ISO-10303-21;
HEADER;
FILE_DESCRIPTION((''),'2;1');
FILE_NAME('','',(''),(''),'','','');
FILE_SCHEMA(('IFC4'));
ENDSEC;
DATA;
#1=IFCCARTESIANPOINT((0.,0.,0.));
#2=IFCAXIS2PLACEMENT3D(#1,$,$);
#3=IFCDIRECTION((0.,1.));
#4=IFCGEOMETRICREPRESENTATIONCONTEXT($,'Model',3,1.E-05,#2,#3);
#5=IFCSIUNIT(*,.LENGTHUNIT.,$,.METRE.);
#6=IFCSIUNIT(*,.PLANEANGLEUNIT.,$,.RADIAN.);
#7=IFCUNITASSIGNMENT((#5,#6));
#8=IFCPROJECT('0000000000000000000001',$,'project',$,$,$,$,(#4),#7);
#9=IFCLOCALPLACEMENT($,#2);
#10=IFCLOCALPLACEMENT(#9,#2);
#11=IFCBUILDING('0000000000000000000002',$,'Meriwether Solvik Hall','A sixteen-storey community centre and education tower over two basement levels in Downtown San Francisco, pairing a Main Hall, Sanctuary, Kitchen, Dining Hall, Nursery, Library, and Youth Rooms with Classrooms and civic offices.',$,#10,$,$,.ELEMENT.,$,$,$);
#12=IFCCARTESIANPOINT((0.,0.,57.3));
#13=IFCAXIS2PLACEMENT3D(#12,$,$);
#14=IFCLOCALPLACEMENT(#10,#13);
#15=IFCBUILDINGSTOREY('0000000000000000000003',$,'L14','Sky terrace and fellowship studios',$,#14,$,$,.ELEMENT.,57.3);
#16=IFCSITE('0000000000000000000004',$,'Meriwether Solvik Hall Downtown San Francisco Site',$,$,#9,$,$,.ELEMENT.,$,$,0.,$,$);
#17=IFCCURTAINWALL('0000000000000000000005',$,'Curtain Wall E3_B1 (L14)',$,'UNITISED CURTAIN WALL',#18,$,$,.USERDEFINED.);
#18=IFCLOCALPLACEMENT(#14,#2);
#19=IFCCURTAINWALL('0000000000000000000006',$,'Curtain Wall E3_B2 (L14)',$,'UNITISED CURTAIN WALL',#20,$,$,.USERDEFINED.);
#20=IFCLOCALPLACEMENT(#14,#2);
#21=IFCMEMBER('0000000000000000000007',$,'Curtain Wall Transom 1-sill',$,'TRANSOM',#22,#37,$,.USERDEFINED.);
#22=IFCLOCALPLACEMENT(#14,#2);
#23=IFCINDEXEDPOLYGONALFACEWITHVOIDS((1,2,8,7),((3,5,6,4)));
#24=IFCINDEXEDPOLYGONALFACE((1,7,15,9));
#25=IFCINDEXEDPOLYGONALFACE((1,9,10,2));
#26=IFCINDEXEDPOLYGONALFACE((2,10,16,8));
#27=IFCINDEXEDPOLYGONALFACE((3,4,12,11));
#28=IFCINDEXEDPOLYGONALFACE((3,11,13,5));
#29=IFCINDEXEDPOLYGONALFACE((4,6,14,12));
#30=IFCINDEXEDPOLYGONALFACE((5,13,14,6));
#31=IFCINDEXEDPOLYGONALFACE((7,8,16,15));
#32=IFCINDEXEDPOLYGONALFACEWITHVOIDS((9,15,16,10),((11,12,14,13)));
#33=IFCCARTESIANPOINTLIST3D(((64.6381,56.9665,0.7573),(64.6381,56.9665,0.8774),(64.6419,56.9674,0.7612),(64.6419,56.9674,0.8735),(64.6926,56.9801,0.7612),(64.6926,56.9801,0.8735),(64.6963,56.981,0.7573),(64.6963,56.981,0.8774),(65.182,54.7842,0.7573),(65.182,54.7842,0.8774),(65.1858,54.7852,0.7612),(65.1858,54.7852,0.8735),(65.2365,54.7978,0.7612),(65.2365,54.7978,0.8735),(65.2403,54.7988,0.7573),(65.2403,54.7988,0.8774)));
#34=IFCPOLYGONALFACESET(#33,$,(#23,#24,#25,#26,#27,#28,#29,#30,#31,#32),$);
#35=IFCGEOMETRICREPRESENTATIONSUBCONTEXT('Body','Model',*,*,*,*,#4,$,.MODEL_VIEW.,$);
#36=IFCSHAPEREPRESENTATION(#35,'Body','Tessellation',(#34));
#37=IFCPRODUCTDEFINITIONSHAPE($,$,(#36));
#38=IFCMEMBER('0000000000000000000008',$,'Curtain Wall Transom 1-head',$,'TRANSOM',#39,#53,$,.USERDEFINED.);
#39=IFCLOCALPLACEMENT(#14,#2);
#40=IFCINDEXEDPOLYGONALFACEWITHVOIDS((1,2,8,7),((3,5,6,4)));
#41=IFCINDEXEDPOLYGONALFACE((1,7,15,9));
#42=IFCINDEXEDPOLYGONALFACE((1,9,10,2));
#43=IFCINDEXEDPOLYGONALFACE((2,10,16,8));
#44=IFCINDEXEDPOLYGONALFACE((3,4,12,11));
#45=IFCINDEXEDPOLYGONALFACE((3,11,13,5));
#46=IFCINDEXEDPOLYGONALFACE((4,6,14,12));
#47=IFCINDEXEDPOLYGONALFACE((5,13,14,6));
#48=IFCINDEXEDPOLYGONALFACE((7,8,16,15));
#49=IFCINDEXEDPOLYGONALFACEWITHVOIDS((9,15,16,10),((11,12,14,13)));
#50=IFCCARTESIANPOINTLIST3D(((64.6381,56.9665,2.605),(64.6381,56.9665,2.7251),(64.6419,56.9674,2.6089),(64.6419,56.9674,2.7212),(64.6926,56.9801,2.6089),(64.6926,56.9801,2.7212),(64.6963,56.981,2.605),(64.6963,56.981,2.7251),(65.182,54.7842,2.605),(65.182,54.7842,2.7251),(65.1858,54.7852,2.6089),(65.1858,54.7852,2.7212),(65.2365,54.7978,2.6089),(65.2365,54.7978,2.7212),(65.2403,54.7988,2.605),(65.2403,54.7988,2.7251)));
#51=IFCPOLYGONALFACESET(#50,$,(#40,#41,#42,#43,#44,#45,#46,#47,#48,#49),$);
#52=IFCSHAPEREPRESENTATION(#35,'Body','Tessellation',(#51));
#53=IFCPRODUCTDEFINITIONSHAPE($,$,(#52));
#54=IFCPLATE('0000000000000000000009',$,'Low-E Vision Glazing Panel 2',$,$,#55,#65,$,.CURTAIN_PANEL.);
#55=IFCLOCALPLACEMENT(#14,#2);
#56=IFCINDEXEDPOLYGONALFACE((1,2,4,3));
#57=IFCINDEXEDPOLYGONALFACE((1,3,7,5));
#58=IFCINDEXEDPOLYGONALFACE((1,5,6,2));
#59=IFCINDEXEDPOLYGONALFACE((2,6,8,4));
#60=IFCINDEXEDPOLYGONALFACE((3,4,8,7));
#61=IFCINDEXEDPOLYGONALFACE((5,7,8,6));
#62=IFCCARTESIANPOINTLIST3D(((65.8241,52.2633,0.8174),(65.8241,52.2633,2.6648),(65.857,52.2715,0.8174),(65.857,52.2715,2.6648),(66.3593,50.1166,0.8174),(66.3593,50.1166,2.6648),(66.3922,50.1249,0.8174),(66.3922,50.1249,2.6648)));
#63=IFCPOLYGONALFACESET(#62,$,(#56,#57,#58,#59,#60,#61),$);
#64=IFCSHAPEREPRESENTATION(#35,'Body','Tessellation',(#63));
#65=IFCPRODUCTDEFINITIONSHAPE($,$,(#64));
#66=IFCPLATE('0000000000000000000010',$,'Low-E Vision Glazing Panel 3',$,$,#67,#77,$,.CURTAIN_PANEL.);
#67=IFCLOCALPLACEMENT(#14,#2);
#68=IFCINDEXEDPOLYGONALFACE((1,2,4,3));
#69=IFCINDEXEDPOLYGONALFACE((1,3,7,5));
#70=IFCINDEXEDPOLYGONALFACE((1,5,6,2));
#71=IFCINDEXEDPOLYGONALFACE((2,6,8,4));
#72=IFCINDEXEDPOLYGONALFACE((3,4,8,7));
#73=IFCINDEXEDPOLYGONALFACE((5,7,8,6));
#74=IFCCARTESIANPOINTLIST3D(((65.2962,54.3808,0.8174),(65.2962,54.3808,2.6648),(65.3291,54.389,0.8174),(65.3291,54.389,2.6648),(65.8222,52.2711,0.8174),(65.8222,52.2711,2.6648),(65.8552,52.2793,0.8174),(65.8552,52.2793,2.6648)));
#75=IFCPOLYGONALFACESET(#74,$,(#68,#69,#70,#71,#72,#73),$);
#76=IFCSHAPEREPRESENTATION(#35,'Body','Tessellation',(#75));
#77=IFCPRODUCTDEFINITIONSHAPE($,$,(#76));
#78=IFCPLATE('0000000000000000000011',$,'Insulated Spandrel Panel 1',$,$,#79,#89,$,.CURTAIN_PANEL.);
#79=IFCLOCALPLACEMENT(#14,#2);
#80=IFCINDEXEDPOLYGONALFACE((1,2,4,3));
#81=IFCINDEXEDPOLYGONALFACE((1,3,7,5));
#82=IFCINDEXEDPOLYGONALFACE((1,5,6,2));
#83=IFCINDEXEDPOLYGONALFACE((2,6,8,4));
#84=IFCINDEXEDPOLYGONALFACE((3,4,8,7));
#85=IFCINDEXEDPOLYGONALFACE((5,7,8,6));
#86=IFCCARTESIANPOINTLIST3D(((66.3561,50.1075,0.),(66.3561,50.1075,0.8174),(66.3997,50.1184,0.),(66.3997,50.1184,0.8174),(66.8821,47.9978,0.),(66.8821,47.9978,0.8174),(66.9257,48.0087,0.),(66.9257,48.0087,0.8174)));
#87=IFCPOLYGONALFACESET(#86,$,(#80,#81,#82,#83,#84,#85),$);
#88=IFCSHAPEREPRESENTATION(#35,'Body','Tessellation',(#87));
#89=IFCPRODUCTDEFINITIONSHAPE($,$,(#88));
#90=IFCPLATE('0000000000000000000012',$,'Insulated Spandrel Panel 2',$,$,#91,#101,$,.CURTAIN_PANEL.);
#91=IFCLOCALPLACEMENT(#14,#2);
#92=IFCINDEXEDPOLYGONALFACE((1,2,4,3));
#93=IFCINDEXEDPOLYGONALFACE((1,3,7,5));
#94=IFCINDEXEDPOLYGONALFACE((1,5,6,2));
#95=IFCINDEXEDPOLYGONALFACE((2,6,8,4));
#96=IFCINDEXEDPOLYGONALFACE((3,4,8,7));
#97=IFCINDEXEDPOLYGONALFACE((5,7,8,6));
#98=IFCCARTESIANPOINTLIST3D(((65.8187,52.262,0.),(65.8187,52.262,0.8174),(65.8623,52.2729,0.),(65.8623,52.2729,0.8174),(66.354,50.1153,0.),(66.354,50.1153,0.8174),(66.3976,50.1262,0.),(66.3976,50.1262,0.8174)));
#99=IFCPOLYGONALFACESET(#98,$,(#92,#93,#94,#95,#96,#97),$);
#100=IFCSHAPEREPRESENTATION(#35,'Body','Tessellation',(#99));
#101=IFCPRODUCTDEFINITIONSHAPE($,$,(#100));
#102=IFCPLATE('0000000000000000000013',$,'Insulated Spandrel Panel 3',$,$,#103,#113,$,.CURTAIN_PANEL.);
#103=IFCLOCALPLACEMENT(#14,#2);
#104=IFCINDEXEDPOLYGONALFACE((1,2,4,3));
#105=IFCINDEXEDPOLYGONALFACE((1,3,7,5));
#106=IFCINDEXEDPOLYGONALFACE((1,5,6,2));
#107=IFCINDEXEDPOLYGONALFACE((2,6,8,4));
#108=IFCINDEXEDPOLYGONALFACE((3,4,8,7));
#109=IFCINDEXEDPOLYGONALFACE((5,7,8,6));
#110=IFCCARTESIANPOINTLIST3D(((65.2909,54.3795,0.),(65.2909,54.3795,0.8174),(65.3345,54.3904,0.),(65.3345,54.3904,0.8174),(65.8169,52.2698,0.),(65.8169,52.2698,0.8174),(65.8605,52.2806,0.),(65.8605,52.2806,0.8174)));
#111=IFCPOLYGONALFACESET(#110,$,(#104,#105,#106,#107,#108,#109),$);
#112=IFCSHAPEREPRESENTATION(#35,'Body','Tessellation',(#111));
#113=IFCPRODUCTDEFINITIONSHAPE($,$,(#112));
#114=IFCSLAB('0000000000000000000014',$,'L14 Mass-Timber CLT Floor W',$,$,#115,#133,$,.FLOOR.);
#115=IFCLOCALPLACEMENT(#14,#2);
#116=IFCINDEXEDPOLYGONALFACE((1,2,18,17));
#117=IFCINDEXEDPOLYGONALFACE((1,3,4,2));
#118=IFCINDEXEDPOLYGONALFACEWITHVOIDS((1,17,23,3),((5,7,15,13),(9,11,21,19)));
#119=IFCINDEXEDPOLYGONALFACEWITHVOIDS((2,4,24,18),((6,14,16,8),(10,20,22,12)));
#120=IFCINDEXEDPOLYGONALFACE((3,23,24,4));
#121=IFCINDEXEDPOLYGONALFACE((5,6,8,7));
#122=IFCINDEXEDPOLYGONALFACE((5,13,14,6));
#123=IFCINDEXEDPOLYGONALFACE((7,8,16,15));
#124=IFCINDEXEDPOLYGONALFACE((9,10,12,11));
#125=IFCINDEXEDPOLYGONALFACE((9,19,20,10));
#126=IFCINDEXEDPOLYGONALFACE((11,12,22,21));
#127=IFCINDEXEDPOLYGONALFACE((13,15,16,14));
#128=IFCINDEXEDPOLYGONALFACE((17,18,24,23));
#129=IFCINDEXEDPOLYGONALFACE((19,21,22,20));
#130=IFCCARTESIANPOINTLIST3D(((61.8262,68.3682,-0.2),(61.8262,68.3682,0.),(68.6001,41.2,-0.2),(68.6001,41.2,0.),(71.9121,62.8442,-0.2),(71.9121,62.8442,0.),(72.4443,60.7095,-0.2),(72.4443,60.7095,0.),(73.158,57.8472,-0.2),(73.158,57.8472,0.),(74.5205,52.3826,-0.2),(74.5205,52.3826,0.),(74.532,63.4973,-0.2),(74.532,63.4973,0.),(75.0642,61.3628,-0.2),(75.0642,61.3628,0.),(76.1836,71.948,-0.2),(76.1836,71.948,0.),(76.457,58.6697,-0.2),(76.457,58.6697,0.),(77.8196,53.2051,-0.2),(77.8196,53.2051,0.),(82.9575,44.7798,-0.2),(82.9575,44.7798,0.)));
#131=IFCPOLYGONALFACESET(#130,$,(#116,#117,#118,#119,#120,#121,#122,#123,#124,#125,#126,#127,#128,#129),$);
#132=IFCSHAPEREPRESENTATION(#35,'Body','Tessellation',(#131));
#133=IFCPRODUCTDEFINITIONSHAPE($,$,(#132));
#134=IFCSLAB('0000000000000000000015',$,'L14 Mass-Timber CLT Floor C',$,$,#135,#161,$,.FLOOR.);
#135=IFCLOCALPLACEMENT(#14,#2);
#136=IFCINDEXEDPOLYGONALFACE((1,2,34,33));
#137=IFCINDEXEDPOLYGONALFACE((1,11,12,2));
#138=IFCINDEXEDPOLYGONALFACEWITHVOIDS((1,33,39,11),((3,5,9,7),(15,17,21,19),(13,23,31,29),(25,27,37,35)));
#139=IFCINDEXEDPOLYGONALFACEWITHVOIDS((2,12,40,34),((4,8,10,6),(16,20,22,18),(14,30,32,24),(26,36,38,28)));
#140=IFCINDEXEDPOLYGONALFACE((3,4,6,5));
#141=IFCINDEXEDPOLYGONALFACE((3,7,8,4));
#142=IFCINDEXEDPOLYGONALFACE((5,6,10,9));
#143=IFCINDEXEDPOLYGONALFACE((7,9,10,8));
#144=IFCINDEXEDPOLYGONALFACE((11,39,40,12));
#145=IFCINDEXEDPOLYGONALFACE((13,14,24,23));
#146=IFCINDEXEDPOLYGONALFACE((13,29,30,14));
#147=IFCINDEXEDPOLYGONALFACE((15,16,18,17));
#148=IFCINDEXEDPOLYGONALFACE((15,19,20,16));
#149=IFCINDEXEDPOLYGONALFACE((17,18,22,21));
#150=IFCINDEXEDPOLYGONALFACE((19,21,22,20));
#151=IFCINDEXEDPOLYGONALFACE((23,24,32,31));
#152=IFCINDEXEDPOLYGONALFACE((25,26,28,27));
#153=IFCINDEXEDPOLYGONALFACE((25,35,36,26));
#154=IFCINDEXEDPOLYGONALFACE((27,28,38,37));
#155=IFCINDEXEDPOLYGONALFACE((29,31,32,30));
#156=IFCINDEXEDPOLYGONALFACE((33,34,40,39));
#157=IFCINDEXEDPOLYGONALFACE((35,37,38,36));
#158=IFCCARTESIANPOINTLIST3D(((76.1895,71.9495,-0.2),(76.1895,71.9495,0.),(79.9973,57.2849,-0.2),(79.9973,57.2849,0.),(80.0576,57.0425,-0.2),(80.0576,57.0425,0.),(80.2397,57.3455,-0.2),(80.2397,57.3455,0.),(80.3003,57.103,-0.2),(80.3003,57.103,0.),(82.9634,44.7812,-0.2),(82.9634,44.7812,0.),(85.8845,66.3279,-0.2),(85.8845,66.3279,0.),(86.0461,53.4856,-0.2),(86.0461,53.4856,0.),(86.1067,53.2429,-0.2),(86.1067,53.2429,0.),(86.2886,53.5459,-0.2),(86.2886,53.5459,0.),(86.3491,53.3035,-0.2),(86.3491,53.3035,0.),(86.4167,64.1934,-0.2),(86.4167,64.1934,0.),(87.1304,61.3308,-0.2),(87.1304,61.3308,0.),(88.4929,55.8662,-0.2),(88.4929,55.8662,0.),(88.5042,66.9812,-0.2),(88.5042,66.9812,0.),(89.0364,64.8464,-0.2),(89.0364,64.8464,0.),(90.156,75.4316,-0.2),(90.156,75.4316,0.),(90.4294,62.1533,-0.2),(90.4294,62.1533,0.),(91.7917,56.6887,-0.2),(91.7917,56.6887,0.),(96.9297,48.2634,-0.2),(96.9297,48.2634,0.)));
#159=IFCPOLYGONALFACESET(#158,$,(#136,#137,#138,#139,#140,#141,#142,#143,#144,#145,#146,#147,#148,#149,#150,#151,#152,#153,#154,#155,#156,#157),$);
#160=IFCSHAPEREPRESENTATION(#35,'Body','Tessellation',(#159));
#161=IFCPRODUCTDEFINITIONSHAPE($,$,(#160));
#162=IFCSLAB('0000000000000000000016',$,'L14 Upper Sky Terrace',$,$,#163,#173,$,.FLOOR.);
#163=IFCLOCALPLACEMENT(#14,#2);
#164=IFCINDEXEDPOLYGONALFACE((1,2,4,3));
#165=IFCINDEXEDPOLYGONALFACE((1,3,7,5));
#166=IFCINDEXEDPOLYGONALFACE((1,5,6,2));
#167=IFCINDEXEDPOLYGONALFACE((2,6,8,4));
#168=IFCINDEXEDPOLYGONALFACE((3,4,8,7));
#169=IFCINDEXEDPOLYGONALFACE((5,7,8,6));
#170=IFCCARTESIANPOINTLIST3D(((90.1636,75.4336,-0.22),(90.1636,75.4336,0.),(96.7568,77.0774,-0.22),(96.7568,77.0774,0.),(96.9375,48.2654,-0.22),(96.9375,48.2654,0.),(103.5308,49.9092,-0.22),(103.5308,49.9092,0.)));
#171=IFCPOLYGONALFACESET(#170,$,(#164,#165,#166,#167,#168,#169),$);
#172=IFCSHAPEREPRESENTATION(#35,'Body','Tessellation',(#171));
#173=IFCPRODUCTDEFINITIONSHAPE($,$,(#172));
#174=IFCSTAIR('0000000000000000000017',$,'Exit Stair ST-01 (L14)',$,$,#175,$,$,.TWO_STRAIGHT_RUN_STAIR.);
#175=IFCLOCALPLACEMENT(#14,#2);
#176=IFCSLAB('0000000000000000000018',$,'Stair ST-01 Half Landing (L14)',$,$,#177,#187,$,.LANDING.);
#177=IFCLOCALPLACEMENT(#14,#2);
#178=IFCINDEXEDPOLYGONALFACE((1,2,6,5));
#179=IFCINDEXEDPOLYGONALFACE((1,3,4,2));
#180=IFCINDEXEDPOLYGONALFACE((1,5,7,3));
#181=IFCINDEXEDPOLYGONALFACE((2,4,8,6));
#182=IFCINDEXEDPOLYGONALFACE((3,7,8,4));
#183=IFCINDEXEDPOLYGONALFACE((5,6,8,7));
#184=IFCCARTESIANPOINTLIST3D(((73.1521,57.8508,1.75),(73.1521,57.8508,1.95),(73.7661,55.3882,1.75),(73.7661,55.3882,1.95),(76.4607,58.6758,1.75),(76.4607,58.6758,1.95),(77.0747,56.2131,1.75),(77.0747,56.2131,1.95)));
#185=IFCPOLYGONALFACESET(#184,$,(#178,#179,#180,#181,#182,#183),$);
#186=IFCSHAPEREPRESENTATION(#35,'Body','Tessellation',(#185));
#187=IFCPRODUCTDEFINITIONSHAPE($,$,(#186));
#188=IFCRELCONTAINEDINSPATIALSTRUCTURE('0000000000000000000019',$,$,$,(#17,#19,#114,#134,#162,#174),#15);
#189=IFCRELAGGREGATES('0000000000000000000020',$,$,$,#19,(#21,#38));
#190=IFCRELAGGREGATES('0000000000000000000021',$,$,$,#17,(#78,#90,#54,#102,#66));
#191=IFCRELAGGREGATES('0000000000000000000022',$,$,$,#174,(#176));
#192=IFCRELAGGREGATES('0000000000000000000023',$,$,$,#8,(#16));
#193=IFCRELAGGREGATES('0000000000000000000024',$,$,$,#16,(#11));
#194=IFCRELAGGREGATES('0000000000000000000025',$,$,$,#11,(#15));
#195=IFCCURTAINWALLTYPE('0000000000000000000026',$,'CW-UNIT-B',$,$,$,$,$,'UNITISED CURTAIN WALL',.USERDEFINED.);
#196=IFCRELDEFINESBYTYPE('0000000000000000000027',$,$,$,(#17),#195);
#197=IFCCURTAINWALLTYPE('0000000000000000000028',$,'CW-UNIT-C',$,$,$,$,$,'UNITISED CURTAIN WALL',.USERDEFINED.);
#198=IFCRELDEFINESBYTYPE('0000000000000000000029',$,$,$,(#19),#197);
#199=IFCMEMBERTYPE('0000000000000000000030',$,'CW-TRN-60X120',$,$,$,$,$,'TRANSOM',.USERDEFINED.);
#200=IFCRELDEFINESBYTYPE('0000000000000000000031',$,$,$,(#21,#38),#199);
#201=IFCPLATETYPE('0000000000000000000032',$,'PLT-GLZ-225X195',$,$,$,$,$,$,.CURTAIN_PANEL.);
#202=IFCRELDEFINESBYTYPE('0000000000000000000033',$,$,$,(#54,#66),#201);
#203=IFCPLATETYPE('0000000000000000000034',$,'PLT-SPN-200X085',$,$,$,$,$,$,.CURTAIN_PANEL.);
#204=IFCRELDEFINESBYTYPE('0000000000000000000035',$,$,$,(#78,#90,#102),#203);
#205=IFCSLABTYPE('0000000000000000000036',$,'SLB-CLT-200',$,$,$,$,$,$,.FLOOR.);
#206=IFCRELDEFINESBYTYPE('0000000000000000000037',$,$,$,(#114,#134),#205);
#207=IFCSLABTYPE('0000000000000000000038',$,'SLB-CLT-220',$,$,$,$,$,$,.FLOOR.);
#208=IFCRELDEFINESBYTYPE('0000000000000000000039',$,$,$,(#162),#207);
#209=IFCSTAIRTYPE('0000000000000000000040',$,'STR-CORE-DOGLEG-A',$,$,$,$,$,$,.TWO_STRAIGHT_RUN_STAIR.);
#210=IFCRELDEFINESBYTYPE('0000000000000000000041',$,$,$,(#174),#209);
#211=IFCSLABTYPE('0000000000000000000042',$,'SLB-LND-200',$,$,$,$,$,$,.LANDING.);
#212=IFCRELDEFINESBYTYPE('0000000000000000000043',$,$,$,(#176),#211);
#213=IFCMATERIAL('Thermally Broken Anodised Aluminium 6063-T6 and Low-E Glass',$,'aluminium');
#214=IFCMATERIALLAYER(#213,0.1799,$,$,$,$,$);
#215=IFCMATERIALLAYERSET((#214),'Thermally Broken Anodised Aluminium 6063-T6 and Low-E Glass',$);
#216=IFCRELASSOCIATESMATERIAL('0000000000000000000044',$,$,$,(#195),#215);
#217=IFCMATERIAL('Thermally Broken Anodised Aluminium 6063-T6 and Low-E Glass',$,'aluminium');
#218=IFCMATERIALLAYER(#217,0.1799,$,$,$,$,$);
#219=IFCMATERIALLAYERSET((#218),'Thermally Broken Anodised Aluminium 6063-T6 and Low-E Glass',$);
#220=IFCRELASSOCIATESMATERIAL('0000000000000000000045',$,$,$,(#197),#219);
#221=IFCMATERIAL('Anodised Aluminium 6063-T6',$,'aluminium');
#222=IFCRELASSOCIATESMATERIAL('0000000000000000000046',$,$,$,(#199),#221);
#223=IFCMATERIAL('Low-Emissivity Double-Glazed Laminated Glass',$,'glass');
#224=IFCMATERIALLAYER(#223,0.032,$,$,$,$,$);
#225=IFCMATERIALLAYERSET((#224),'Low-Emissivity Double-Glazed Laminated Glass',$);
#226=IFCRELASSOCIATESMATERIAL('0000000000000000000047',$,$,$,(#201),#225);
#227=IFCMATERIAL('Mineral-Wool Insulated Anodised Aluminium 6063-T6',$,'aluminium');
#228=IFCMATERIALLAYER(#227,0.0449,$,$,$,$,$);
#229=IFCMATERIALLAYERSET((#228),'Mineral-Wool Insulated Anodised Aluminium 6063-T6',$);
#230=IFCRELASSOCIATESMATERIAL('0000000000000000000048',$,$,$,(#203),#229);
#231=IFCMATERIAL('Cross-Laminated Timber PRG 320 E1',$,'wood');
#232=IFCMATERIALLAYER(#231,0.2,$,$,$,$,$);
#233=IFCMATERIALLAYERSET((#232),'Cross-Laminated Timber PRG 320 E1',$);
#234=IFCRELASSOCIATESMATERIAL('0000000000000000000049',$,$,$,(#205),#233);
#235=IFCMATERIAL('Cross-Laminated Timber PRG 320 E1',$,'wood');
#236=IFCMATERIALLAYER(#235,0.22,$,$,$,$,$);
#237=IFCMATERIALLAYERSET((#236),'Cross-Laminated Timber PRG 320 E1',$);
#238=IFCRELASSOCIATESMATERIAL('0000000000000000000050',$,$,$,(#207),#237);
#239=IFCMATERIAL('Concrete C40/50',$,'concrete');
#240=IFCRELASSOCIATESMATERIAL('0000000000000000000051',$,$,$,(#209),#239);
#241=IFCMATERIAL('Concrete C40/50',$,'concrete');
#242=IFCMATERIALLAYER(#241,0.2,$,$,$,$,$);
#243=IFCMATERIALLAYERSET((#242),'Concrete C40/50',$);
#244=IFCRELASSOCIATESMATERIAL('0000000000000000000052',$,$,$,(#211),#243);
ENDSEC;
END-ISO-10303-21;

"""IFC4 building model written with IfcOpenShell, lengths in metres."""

from ifc_helpers import new_model, si_unit, direction, frame, origin, origin_2d, place, context, subcontext, project, spatial, polyline, rectangle, hollow_rectangle, outline, extrude, material, layer, layer_set, material_profile, profile_set, type_object, element, aggregate, save


model = new_model("IFC4")

# Units and contexts
model_context = context("Model", 3, precision=1e-05, world=origin(), true_north=direction((0.0, 1.0)))
body_context = subcontext(model_context, "Body", "Model", "MODEL_VIEW")
ifc_project = project(units=[si_unit("LENGTHUNIT", "METRE"), si_unit("PLANEANGLEUNIT", "RADIAN")], contexts=[model_context])

# Site, building, storey
site_placement = place(None, origin())
site = spatial("IfcSite", under=ifc_project, at=site_placement, Name="Meriwether Solvik Hall Downtown San Francisco Site", CompositionType="ELEMENT", RefElevation=0.0)
building_placement = place(site_placement, origin())
building = spatial("IfcBuilding", under=site, at=building_placement, Name="Meriwether Solvik Hall", Description="A sixteen-storey community centre and education tower over two basement levels in Downtown San Francisco, pairing a Main Hall, Sanctuary, Kitchen, Dining Hall, Nursery, Library, and Youth Rooms with Classrooms and civic offices.", CompositionType="ELEMENT")
storey_placement = place(building_placement, frame((0.0, 0.0, 57.3)))
storey = spatial("IfcBuildingStorey", under=building, at=storey_placement, Name="L14", Description="Sky terrace and fellowship studios", CompositionType="ELEMENT", Elevation=57.3)

# Curtain wall
ifc_material_1 = material(Name="Thermally Broken Anodised Aluminium 6063-T6 and Low-E Glass", Category="aluminium")
ifc_layer_1 = layer(ifc_material_1, 0.1799)
ifc_layer_set_1 = layer_set([ifc_layer_1], Name="Thermally Broken Anodised Aluminium 6063-T6 and Low-E Glass")
curtain_wall_type_1 = type_object("IfcCurtainWallType", Name="CW-UNIT-B", ElementType="UNITISED CURTAIN WALL", PredefinedType="USERDEFINED", material=ifc_layer_set_1)
curtain_wall_1_placement = place(storey_placement, origin())
curtain_wall_1 = element("IfcCurtainWall", 1, at=curtain_wall_1_placement, inside=storey, type_object=curtain_wall_type_1, Name="Curtain Wall E3_B1 (L14)", ObjectType="UNITISED CURTAIN WALL", PredefinedType="USERDEFINED")

# Curtain wall
ifc_material_2 = material(Name="Thermally Broken Anodised Aluminium 6063-T6 and Low-E Glass", Category="aluminium")
ifc_layer_2 = layer(ifc_material_2, 0.1799)
ifc_layer_set_2 = layer_set([ifc_layer_2], Name="Thermally Broken Anodised Aluminium 6063-T6 and Low-E Glass")
curtain_wall_type_2 = type_object("IfcCurtainWallType", Name="CW-UNIT-C", ElementType="UNITISED CURTAIN WALL", PredefinedType="USERDEFINED", material=ifc_layer_set_2)
curtain_wall_2_placement = place(storey_placement, origin())
curtain_wall_2 = element("IfcCurtainWall", 2, at=curtain_wall_2_placement, inside=storey, type_object=curtain_wall_type_2, Name="Curtain Wall E3_B2 (L14)", ObjectType="UNITISED CURTAIN WALL", PredefinedType="USERDEFINED")

# Members
ifc_material_3 = material(Name="Anodised Aluminium 6063-T6", Category="aluminium")
ifc_material_profile_1 = material_profile(ifc_material_3, hollow_rectangle(XDim=0.0601, YDim=0.1201, WallThickness=0.0039, at=origin_2d()), Name="CWT-60X120")
ifc_profile_set_1 = profile_set([ifc_material_profile_1], Name="Anodised Aluminium 6063-T6")
member_type_1 = type_object("IfcMemberType", Name="CW-TRN-60X120", ElementType="TRANSOM", PredefinedType="USERDEFINED", material=ifc_profile_set_1)
member_1_placement = place(storey_placement, frame((65.2112, 54.7915, 0.8174), z_axis=(-0.241871, 0.970308, 0.0), x_axis=(-0.970308, -0.241871, 0.0)))
member_1 = element("IfcMember", 3, at=member_1_placement, type_object=member_type_1, Name="Curtain Wall Transom 1-sill", ObjectType="TRANSOM", PredefinedType="USERDEFINED", context=body_context, shape_type="SweptSolid", body=[
    extrude(hollow_rectangle(XDim=0.0601, YDim=0.1201, WallThickness=0.0039, at=origin_2d()), origin(), (0.0, 0.0, 1.0), 2.249),
])
member_2_placement = place(storey_placement, frame((65.2112, 54.7915, 2.665), z_axis=(-0.241871, 0.970308, 0.0), x_axis=(-0.970308, -0.241871, 0.0)))
member_2 = element("IfcMember", 4, at=member_2_placement, type_object=member_type_1, Name="Curtain Wall Transom 1-head", ObjectType="TRANSOM", PredefinedType="USERDEFINED", context=body_context, shape_type="SweptSolid", body=[
    extrude(hollow_rectangle(XDim=0.0601, YDim=0.1201, WallThickness=0.0039, at=origin_2d()), origin(), (0.0, 0.0, 1.0), 2.249),
])
aggregate(curtain_wall_2, [member_1, member_2])

# Plates
ifc_material_4 = material(Name="Low-Emissivity Double-Glazed Laminated Glass", Category="glass")
ifc_layer_3 = layer(ifc_material_4, 0.032)
ifc_layer_set_3 = layer_set([ifc_layer_3], Name="Low-Emissivity Double-Glazed Laminated Glass")
plate_type_1 = type_object("IfcPlateType", Name="PLT-GLZ-225X195", PredefinedType="CURTAIN_PANEL", material=ifc_layer_set_3)
plate_1_placement = place(storey_placement, frame((66.1082, 51.1941, 0.8174), z_axis=(0.0, 0.0, 1.0), x_axis=(-0.241922, 0.970296, 0.0)))
plate_1 = element("IfcPlate", 5, at=plate_1_placement, type_object=plate_type_1, Name="Low-E Vision Glazing Panel 2", PredefinedType="CURTAIN_PANEL", context=body_context, shape_type="SweptSolid", body=[
    extrude(rectangle(XDim=2.2124, YDim=0.0339, at=origin_2d()), origin(), (0.0, 0.0, 1.0), 1.8474),
])
plate_2_placement = place(storey_placement, frame((65.5757, 53.3301, 0.8174), z_axis=(0.0, 0.0, 1.0), x_axis=(-0.241922, 0.970296, 0.0)))
plate_2 = element("IfcPlate", 6, at=plate_2_placement, type_object=plate_type_1, Name="Low-E Vision Glazing Panel 3", PredefinedType="CURTAIN_PANEL", context=body_context, shape_type="SweptSolid", body=[
    extrude(rectangle(XDim=2.1743, YDim=0.0339, at=origin_2d()), origin(), (0.0, 0.0, 1.0), 1.8474),
])
ifc_material_5 = material(Name="Mineral-Wool Insulated Anodised Aluminium 6063-T6", Category="aluminium")
ifc_layer_4 = layer(ifc_material_5, 0.0449)
ifc_layer_set_4 = layer_set([ifc_layer_4], Name="Mineral-Wool Insulated Anodised Aluminium 6063-T6")
plate_type_2 = type_object("IfcPlateType", Name="PLT-SPN-200X085", PredefinedType="CURTAIN_PANEL", material=ifc_layer_set_4)
plate_3_placement = place(storey_placement, frame((66.6409, 49.0581, 0.0), z_axis=(0.0, 0.0, 1.0), x_axis=(-0.241922, 0.970296, 0.0)))
plate_3 = element("IfcPlate", 7, at=plate_3_placement, type_object=plate_type_2, Name="Insulated Spandrel Panel 1", PredefinedType="CURTAIN_PANEL", context=body_context, shape_type="SweptSolid", body=[
    extrude(rectangle(XDim=2.1743, YDim=0.0449, at=origin_2d()), origin(), (0.0, 0.0, 1.0), 0.8174),
])
plate_4_placement = place(storey_placement, frame((66.1082, 51.1941, 0.0), z_axis=(0.0, 0.0, 1.0), x_axis=(-0.241922, 0.970296, 0.0)))
plate_4 = element("IfcPlate", 8, at=plate_4_placement, type_object=plate_type_2, Name="Insulated Spandrel Panel 2", PredefinedType="CURTAIN_PANEL", context=body_context, shape_type="SweptSolid", body=[
    extrude(rectangle(XDim=2.2124, YDim=0.0449, at=origin_2d()), origin(), (0.0, 0.0, 1.0), 0.8174),
])
plate_5_placement = place(storey_placement, frame((65.5757, 53.3301, 0.0), z_axis=(0.0, 0.0, 1.0), x_axis=(-0.241922, 0.970296, 0.0)))
plate_5 = element("IfcPlate", 9, at=plate_5_placement, type_object=plate_type_2, Name="Insulated Spandrel Panel 3", PredefinedType="CURTAIN_PANEL", context=body_context, shape_type="SweptSolid", body=[
    extrude(rectangle(XDim=2.1743, YDim=0.0449, at=origin_2d()), origin(), (0.0, 0.0, 1.0), 0.8174),
])
aggregate(curtain_wall_1, [plate_3, plate_4, plate_1, plate_5, plate_2])

# Slabs
ifc_material_6 = material(Name="Cross-Laminated Timber PRG 320 E1", Category="wood")
ifc_layer_5 = layer(ifc_material_6, 0.2)
ifc_layer_set_5 = layer_set([ifc_layer_5], Name="Cross-Laminated Timber PRG 320 E1")
slab_type_1 = type_object("IfcSlabType", Name="SLB-CLT-200", PredefinedType="FLOOR", material=ifc_layer_set_5)
slab_1_placement = place(storey_placement, frame((0.0, 0.0, -0.2)))
element("IfcSlab", 10, at=slab_1_placement, inside=storey, type_object=slab_type_1, Name="L14 Mass-Timber CLT Floor W", PredefinedType="FLOOR", context=body_context, shape_type="SweptSolid", body=[
    extrude(outline(polyline([(76.1836, 71.948), (82.9575, 44.7798), (68.6001, 41.2), (61.8262, 68.3682), (76.1836, 71.948)]), holes=[polyline([(73.158, 57.8472), (74.5205, 52.3826), (77.8196, 53.2051), (76.457, 58.6697), (73.158, 57.8472)]), polyline([(71.9121, 62.8442), (72.4443, 60.7095), (75.0642, 61.3628), (74.532, 63.4973), (71.9121, 62.8442)])]), origin(), (0.0, 0.0, 1.0), 0.2),
])
slab_2_placement = place(storey_placement, frame((0.0, 0.0, -0.2)))
element("IfcSlab", 11, at=slab_2_placement, inside=storey, type_object=slab_type_1, Name="L14 Mass-Timber CLT Floor C", PredefinedType="FLOOR", context=body_context, shape_type="SweptSolid", body=[
    extrude(outline(polyline([(90.156, 75.4316), (96.9297, 48.2634), (82.9634, 44.7812), (76.1895, 71.9495), (90.156, 75.4316)]), holes=[polyline([(86.1067, 53.2429), (86.3491, 53.3035), (86.2886, 53.5459), (86.0461, 53.4856), (86.1067, 53.2429)]), polyline([(79.9973, 57.2849), (80.0576, 57.0425), (80.3003, 57.103), (80.2397, 57.3455), (79.9973, 57.2849)]), polyline([(88.4929, 55.8662), (91.7917, 56.6887), (90.4294, 62.1533), (87.1304, 61.3308), (88.4929, 55.8662)]), polyline([(85.8845, 66.3279), (86.4167, 64.1934), (89.0364, 64.8464), (88.5042, 66.9812), (85.8845, 66.3279)])]), origin(), (0.0, 0.0, 1.0), 0.2),
])
ifc_material_7 = material(Name="Cross-Laminated Timber PRG 320 E1", Category="wood")
ifc_layer_6 = layer(ifc_material_7, 0.22)
ifc_layer_set_6 = layer_set([ifc_layer_6], Name="Cross-Laminated Timber PRG 320 E1")
slab_type_2 = type_object("IfcSlabType", Name="SLB-CLT-220", PredefinedType="FLOOR", material=ifc_layer_set_6)
slab_3_placement = place(storey_placement, frame((0.0, 0.0, -0.22)))
element("IfcSlab", 12, at=slab_3_placement, inside=storey, type_object=slab_type_2, Name="L14 Upper Sky Terrace", PredefinedType="FLOOR", context=body_context, shape_type="SweptSolid", body=[
    extrude(outline(polyline([(96.9375, 48.2654), (103.5308, 49.9092), (96.7568, 77.0774), (90.1636, 75.4336), (96.9375, 48.2654)])), origin(), (0.0, 0.0, 1.0), 0.22),
])

# Stair, slab
ifc_material_8 = material(Name="Concrete C40/50", Category="concrete")
stair_type = type_object("IfcStairType", Name="STR-CORE-DOGLEG-A", PredefinedType="TWO_STRAIGHT_RUN_STAIR", material=ifc_material_8)
stair_1_placement = place(storey_placement, origin())
stair_1 = element("IfcStair", 13, at=stair_1_placement, inside=storey, type_object=stair_type, Name="Exit Stair ST-01 (L14)", PredefinedType="TWO_STRAIGHT_RUN_STAIR")
ifc_material_9 = material(Name="Concrete C40/50", Category="concrete")
ifc_layer_7 = layer(ifc_material_9, 0.2)
ifc_layer_set_7 = layer_set([ifc_layer_7], Name="Concrete C40/50")
slab_type_3 = type_object("IfcSlabType", Name="SLB-LND-200", PredefinedType="LANDING", material=ifc_layer_set_7)
slab_4_placement = place(storey_placement, frame((0.0, 0.0, 1.75)))
slab_4 = element("IfcSlab", 14, at=slab_4_placement, type_object=slab_type_3, Name="Stair ST-01 Half Landing (L14)", PredefinedType="LANDING", context=body_context, shape_type="SweptSolid", body=[
    extrude(outline(polyline([(73.7661, 55.3882), (77.0747, 56.2131), (76.4607, 58.6758), (73.1521, 57.8508), (73.7661, 55.3882)])), origin(), (0.0, 0.0, 1.0), 0.2),
])
aggregate(stair_1, [slab_4])

save(model, "model.ifc")
